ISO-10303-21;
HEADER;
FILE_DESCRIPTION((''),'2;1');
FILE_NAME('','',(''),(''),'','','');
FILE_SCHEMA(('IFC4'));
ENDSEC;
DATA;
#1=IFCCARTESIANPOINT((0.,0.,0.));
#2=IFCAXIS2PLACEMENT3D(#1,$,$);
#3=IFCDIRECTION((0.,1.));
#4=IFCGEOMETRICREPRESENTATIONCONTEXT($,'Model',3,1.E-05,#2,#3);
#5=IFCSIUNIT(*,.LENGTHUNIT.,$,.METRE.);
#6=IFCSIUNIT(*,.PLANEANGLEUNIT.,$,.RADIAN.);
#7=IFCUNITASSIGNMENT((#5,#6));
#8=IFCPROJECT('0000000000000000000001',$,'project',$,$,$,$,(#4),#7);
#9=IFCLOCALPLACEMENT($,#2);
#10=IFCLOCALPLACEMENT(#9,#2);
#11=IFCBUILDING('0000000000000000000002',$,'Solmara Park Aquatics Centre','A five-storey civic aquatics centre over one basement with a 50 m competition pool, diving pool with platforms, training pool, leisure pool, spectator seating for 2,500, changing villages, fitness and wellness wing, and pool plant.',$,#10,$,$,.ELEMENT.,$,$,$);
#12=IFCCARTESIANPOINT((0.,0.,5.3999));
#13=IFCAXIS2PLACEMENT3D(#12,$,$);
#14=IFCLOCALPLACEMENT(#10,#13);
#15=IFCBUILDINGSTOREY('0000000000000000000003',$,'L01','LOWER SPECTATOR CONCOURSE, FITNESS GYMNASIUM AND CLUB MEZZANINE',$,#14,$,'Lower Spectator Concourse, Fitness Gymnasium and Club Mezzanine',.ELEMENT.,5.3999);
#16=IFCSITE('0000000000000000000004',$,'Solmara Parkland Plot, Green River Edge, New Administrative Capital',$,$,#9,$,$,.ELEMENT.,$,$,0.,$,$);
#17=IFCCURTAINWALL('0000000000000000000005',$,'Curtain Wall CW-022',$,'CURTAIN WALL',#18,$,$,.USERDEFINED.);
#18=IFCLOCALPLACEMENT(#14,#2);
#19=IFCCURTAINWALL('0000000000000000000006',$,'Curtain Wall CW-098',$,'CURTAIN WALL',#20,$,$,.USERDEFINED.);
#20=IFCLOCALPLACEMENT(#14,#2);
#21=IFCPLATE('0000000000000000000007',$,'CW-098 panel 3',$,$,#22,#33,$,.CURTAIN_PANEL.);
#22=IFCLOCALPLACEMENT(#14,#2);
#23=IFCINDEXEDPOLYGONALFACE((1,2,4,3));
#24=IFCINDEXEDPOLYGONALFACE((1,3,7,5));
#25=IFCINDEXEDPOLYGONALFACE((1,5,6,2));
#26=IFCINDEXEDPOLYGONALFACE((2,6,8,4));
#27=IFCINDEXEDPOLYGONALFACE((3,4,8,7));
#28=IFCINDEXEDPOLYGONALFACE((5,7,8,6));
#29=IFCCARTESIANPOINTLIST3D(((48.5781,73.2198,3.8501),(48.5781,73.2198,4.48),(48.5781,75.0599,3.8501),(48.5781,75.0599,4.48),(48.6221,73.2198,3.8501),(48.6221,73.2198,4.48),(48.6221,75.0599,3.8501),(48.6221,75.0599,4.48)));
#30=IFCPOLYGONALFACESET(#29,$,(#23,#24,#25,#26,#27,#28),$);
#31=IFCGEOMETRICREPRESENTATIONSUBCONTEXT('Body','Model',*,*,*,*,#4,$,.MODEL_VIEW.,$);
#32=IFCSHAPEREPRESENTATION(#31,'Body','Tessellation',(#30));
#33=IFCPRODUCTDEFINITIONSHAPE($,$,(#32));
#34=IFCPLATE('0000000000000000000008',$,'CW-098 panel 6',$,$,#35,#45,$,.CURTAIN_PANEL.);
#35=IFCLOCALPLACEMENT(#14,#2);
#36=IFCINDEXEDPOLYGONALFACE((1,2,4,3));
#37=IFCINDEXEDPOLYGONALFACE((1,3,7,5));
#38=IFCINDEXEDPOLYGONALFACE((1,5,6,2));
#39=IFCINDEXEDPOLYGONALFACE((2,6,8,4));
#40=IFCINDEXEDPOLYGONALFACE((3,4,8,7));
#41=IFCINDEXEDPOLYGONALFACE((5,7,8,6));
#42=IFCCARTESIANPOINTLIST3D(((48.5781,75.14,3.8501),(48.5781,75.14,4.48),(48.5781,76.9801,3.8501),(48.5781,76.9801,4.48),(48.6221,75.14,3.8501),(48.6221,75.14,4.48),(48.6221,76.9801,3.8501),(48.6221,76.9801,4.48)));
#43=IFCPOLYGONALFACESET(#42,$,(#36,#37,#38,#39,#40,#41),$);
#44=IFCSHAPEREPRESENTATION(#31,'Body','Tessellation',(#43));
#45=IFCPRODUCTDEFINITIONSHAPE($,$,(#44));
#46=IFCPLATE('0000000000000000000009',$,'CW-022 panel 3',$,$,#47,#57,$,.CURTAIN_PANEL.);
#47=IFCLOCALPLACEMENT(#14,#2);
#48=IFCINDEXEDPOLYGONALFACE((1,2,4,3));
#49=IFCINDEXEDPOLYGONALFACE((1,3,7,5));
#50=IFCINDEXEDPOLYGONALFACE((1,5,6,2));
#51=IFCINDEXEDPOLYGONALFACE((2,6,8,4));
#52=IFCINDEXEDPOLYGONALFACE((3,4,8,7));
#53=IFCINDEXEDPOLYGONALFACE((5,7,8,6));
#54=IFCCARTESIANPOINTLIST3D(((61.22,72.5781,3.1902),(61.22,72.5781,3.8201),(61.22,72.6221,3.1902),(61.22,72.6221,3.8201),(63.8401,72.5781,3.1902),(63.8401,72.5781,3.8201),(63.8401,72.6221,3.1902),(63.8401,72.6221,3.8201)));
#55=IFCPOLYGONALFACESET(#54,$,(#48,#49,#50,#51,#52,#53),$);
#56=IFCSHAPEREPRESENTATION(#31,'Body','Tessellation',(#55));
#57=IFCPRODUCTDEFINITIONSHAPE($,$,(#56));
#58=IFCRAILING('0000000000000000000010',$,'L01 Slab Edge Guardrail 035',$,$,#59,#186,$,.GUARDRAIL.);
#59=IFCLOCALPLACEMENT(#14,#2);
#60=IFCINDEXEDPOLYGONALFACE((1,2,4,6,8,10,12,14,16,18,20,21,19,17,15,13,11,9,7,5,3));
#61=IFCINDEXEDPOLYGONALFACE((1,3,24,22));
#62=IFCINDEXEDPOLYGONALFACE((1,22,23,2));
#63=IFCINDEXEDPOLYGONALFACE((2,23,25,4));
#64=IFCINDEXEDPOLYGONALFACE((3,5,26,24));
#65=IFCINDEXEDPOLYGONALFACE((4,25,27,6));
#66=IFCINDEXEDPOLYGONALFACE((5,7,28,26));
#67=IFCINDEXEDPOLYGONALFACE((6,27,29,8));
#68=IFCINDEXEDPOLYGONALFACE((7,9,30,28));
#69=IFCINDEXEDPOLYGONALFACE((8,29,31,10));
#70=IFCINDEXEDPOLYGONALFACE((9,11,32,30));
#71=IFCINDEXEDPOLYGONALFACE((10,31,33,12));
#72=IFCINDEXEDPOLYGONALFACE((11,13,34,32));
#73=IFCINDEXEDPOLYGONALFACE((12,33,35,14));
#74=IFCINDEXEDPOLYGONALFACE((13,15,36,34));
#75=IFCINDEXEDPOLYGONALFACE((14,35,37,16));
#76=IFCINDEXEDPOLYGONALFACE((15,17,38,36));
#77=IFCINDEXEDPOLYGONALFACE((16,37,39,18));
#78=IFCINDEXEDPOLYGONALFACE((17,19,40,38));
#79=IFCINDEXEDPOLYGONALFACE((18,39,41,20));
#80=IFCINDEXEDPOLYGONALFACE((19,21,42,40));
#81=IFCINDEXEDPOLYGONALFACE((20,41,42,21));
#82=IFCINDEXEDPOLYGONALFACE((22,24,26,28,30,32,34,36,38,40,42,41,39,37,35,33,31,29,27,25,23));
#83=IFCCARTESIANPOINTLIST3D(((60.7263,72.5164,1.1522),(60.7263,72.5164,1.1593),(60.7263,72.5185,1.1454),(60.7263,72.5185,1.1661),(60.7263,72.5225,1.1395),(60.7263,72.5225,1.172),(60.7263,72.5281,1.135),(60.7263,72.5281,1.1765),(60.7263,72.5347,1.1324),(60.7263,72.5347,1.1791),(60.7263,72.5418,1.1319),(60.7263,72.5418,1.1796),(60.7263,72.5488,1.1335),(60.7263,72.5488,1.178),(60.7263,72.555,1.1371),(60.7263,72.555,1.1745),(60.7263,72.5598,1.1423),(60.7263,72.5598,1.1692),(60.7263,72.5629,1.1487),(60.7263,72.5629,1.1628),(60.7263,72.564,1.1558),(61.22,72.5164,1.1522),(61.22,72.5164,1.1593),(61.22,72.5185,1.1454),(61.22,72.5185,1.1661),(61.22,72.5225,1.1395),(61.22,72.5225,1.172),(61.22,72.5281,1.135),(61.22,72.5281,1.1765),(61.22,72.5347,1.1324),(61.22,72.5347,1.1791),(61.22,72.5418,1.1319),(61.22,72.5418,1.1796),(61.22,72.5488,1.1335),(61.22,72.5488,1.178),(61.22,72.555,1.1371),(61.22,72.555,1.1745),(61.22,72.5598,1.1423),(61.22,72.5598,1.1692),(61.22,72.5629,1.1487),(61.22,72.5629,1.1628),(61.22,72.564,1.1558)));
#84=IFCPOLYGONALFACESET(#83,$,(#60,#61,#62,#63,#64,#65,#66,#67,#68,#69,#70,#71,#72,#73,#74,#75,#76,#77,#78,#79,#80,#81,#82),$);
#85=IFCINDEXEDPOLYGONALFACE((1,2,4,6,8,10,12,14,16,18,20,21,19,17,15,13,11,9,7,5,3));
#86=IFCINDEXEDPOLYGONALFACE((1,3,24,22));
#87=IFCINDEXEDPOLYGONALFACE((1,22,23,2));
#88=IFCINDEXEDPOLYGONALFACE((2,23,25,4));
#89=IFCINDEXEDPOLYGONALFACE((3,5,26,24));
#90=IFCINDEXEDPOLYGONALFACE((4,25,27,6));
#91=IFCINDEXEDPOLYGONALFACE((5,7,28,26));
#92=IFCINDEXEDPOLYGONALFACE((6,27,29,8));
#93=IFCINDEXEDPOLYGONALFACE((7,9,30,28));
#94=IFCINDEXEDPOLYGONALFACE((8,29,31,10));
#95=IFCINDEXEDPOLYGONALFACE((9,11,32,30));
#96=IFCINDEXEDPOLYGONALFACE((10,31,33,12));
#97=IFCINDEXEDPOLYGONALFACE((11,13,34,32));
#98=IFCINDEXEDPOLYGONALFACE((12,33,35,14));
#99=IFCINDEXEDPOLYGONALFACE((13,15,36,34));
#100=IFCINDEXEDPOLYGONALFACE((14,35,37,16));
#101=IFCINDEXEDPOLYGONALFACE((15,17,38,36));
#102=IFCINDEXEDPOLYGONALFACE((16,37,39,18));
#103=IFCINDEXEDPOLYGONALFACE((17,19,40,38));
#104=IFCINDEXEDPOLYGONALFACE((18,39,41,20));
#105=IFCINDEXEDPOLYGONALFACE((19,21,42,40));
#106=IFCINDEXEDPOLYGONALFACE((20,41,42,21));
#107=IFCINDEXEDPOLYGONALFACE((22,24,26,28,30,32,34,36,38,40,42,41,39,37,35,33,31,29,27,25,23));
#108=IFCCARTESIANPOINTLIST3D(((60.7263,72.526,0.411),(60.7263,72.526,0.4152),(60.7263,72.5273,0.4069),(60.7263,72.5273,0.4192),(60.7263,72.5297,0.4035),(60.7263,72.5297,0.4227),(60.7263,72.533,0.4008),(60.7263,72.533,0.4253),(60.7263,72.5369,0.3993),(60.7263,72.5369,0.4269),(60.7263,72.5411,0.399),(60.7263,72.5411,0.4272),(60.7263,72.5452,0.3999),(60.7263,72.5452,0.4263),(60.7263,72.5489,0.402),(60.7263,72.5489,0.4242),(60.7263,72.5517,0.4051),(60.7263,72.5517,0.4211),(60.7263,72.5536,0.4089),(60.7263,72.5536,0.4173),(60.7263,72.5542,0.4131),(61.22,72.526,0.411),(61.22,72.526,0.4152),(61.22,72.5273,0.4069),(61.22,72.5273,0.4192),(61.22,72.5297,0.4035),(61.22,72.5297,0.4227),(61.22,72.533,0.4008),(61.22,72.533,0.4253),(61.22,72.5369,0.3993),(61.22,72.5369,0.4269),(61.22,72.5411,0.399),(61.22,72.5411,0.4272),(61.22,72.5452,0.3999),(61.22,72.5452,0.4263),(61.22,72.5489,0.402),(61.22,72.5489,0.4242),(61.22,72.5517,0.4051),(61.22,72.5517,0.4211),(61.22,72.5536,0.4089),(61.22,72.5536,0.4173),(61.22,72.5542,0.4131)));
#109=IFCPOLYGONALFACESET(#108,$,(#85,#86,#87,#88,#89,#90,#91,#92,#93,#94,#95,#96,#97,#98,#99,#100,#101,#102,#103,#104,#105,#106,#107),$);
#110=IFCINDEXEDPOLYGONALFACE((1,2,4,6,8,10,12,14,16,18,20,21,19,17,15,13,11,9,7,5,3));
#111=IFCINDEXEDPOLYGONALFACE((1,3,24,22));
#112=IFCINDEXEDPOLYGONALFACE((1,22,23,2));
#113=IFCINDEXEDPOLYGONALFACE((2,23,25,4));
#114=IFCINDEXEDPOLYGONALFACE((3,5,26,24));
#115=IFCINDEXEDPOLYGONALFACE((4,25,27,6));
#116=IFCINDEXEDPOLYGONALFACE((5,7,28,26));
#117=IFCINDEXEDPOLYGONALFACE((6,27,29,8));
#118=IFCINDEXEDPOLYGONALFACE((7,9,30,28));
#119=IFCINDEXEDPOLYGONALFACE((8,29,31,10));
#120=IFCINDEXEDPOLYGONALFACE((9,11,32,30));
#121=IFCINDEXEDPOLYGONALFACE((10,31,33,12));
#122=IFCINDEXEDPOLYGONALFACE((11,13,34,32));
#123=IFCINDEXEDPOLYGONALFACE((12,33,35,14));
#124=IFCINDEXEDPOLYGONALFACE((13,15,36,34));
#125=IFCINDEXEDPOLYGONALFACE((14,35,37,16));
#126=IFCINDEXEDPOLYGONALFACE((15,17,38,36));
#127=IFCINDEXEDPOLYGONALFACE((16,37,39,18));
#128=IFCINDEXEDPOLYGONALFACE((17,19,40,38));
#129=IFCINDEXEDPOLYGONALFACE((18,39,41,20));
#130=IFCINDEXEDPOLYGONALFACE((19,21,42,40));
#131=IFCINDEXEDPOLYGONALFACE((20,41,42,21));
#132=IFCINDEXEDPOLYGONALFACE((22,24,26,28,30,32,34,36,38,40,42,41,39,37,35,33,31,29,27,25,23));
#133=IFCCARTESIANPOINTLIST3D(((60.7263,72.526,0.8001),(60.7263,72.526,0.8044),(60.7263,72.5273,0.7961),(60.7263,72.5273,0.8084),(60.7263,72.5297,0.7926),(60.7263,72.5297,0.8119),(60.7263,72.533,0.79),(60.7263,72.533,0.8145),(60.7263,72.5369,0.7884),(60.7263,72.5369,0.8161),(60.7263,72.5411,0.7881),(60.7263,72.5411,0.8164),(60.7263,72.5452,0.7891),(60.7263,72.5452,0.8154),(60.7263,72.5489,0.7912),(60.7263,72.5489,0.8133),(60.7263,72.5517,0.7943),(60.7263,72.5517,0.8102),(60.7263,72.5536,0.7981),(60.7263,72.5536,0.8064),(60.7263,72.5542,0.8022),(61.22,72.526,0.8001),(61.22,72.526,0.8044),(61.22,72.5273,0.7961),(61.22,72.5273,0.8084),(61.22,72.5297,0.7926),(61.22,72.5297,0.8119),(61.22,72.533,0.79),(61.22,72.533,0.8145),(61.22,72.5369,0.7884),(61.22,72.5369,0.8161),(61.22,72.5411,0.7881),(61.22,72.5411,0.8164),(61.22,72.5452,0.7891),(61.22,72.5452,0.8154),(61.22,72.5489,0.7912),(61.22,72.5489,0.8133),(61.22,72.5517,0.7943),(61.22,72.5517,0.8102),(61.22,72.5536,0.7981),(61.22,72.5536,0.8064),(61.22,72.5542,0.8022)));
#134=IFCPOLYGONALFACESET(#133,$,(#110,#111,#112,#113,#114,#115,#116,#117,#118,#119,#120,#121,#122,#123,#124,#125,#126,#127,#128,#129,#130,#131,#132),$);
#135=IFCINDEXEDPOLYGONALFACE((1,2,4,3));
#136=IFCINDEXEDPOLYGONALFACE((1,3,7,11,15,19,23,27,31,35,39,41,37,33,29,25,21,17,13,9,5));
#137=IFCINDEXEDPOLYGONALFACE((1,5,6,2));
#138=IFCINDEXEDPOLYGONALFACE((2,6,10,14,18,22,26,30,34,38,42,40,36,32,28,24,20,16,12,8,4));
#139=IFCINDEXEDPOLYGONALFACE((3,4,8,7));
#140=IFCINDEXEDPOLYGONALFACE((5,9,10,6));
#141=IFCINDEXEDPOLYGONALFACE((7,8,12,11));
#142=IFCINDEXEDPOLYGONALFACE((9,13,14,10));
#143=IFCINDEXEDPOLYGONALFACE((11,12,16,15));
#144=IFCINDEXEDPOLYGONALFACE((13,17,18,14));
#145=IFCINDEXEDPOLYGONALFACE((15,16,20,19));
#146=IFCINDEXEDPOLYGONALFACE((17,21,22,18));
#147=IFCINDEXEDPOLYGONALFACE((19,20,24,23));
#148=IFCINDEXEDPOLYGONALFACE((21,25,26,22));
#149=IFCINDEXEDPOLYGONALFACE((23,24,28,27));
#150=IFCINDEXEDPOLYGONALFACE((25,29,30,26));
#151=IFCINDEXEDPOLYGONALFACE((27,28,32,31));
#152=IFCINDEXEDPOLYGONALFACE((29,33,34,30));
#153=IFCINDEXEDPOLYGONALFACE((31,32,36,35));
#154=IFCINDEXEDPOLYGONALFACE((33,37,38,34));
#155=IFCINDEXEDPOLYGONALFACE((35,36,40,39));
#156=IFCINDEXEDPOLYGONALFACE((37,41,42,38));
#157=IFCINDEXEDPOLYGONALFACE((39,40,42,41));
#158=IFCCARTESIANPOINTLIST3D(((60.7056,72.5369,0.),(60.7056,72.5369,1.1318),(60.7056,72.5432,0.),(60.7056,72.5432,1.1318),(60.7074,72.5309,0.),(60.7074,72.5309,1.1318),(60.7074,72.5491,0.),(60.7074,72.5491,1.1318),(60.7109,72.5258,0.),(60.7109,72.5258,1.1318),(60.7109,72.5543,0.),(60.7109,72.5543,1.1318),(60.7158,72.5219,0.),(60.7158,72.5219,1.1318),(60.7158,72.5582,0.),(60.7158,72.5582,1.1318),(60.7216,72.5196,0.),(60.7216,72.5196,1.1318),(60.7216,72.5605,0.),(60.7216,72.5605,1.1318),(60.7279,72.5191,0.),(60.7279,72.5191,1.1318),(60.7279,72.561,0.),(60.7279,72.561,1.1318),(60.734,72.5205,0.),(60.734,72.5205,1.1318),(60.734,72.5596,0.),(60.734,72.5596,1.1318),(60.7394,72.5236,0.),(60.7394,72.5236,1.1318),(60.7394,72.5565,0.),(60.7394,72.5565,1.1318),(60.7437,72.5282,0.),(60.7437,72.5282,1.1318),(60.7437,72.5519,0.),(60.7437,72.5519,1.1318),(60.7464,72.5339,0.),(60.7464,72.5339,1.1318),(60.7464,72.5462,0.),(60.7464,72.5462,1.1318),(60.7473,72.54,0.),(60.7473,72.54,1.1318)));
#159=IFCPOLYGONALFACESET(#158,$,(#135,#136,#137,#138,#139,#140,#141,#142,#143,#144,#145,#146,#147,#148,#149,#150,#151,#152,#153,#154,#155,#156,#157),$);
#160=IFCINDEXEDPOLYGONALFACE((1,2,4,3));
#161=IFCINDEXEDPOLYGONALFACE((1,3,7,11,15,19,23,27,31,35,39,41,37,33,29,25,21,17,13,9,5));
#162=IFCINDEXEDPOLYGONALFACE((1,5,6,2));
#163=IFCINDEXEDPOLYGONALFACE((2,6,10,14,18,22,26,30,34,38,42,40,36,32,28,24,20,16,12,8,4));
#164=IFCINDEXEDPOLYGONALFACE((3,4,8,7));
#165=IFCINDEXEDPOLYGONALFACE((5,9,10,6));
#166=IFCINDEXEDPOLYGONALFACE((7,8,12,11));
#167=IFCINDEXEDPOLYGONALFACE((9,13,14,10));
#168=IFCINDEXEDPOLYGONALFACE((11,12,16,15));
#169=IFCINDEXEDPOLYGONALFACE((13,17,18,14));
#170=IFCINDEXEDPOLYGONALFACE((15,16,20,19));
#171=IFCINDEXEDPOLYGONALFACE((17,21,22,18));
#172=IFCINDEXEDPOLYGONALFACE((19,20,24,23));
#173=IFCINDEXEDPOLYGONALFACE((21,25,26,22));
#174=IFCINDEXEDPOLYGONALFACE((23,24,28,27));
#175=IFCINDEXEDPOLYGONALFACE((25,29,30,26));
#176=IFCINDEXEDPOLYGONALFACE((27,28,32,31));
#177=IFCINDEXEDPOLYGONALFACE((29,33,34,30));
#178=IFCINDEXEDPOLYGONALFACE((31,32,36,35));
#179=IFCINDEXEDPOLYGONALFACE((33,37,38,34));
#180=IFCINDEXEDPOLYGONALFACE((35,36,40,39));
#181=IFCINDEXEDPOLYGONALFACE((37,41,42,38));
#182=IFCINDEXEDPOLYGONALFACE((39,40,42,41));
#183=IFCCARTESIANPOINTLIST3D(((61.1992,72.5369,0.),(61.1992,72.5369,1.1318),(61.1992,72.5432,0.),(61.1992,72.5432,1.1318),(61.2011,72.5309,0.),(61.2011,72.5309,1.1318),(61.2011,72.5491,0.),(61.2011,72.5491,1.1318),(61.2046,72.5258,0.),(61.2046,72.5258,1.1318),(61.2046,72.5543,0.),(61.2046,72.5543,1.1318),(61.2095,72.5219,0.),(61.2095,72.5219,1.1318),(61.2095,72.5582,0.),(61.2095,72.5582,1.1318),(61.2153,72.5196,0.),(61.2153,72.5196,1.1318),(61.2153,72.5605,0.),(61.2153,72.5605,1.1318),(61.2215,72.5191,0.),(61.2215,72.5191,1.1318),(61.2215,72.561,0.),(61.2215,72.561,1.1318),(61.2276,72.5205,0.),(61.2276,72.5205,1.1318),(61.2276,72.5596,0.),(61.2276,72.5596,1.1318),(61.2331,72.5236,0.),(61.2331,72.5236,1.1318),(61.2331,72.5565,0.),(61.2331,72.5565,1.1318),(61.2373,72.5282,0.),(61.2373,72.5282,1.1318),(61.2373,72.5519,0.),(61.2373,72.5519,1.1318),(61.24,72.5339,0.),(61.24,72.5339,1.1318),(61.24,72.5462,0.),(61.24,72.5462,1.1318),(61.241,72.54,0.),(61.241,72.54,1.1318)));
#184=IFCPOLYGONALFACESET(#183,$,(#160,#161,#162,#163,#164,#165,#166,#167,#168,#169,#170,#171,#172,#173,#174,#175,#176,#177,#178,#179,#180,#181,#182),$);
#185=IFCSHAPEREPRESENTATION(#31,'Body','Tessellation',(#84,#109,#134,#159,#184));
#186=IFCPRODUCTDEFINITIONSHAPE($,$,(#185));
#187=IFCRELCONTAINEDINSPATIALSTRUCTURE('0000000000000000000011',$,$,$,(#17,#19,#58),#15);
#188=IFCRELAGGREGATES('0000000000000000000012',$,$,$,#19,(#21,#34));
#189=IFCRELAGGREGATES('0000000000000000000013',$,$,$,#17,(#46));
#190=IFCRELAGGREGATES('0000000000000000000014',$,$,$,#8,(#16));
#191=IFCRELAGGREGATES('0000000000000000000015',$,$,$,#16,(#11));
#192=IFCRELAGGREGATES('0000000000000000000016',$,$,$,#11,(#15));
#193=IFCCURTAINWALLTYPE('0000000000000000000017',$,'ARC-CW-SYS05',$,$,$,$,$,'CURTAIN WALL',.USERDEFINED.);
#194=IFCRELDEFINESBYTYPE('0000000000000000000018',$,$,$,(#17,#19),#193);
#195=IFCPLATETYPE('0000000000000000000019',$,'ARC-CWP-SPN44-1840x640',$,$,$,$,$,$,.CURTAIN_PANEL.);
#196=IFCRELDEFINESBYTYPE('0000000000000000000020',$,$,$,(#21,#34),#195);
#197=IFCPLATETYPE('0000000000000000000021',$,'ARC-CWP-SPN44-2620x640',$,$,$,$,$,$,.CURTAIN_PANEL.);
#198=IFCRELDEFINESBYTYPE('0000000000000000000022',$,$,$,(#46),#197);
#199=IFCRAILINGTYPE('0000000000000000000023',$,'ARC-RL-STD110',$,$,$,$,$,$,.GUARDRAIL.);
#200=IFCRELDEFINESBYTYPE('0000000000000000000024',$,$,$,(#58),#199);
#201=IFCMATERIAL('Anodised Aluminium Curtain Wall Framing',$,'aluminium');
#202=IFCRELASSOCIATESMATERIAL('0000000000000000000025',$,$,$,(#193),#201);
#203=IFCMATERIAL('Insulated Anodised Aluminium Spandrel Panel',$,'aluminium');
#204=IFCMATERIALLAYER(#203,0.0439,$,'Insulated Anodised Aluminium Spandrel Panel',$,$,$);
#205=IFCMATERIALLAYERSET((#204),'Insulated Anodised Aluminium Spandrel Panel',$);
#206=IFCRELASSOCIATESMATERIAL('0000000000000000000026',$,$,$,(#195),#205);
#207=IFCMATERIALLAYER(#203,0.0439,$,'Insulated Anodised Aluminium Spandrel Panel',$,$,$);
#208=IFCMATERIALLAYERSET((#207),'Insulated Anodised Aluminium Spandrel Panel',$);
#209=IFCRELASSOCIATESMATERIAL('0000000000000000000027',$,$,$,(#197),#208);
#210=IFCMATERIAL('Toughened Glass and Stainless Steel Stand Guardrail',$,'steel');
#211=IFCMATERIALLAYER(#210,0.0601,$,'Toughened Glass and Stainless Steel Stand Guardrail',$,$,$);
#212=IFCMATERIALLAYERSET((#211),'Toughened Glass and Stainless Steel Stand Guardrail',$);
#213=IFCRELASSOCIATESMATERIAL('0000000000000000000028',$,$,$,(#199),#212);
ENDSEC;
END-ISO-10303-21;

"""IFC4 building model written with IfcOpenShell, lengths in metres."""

from ifc_helpers import new_model, si_unit, direction, frame, origin, origin_2d, place, context, subcontext, project, spatial, rectangle, circle, extrude, material, layer, layer_set, type_object, element, aggregate, save


model = new_model("IFC4")

# Units and contexts
model_context = context("Model", 3, precision=1e-05, world=origin(), true_north=direction((0.0, 1.0)))
body_context = subcontext(model_context, "Body", "Model", "MODEL_VIEW")
ifc_project = project(units=[si_unit("LENGTHUNIT", "METRE"), si_unit("PLANEANGLEUNIT", "RADIAN")], contexts=[model_context])

# Site, building, storey
site_placement = place(None, origin())
site = spatial("IfcSite", under=ifc_project, at=site_placement, Name="Solmara Parkland Plot, Green River Edge, New Administrative Capital", CompositionType="ELEMENT", RefElevation=0.0)
building_placement = place(site_placement, origin())
building = spatial("IfcBuilding", under=site, at=building_placement, Name="Solmara Park Aquatics Centre", Description="A five-storey civic aquatics centre over one basement with a 50 m competition pool, diving pool with platforms, training pool, leisure pool, spectator seating for 2,500, changing villages, fitness and wellness wing, and pool plant.", CompositionType="ELEMENT")
storey_placement = place(building_placement, frame((0.0, 0.0, 5.3999)))
storey = spatial("IfcBuildingStorey", under=building, at=storey_placement, Name="L01", Description="LOWER SPECTATOR CONCOURSE, FITNESS GYMNASIUM AND CLUB MEZZANINE", LongName="Lower Spectator Concourse, Fitness Gymnasium and Club Mezzanine", CompositionType="ELEMENT", Elevation=5.3999)

# Curtain walls
ifc_material_1 = material(Name="Anodised Aluminium Curtain Wall Framing", Category="aluminium")
curtain_wall_type = type_object("IfcCurtainWallType", Name="ARC-CW-SYS05", ElementType="CURTAIN WALL", PredefinedType="USERDEFINED", material=ifc_material_1)
curtain_wall_1_placement = place(storey_placement, origin())
curtain_wall_1 = element("IfcCurtainWall", 1, at=curtain_wall_1_placement, inside=storey, type_object=curtain_wall_type, Name="Curtain Wall CW-022", ObjectType="CURTAIN WALL", PredefinedType="USERDEFINED")
curtain_wall_2_placement = place(storey_placement, origin())
curtain_wall_2 = element("IfcCurtainWall", 2, at=curtain_wall_2_placement, inside=storey, type_object=curtain_wall_type, Name="Curtain Wall CW-098", ObjectType="CURTAIN WALL", PredefinedType="USERDEFINED")

# Plates
ifc_material_2 = material(Name="Insulated Anodised Aluminium Spandrel Panel", Category="aluminium")
ifc_layer_1 = layer(ifc_material_2, 0.0439, Name="Insulated Anodised Aluminium Spandrel Panel")
ifc_layer_set_1 = layer_set([ifc_layer_1], Name="Insulated Anodised Aluminium Spandrel Panel")
plate_type_1 = type_object("IfcPlateType", Name="ARC-CWP-SPN44-1840x640", PredefinedType="CURTAIN_PANEL", material=ifc_layer_set_1)
plate_1_placement = place(storey_placement, frame((48.6001, 74.1399, 3.8501), z_axis=(0.0, 0.0, 1.0), x_axis=(0.0, 1.0, 0.0)))
plate_1 = element("IfcPlate", 3, at=plate_1_placement, type_object=plate_type_1, Name="CW-098 panel 3", PredefinedType="CURTAIN_PANEL", context=body_context, shape_type="SweptSolid", body=[
    extrude(rectangle(XDim=1.8401, YDim=0.0439, at=origin_2d()), origin(), (0.0, 0.0, 1.0), 0.6299),
])
plate_2_placement = place(storey_placement, frame((48.6001, 76.0601, 3.8501), z_axis=(0.0, 0.0, 1.0), x_axis=(0.0, 1.0, 0.0)))
plate_2 = element("IfcPlate", 4, at=plate_2_placement, type_object=plate_type_1, Name="CW-098 panel 6", PredefinedType="CURTAIN_PANEL", context=body_context, shape_type="SweptSolid", body=[
    extrude(rectangle(XDim=1.8401, YDim=0.0439, at=origin_2d()), origin(), (0.0, 0.0, 1.0), 0.6299),
])
aggregate(curtain_wall_2, [plate_1, plate_2])
ifc_layer_2 = layer(ifc_material_2, 0.0439, Name="Insulated Anodised Aluminium Spandrel Panel")
ifc_layer_set_2 = layer_set([ifc_layer_2], Name="Insulated Anodised Aluminium Spandrel Panel")
plate_type_2 = type_object("IfcPlateType", Name="ARC-CWP-SPN44-2620x640", PredefinedType="CURTAIN_PANEL", material=ifc_layer_set_2)
plate_3_placement = place(storey_placement, frame((62.53, 72.6001, 3.1902), z_axis=(0.0, 0.0, 1.0), x_axis=(1.0, 0.0, 0.0)))
plate_3 = element("IfcPlate", 5, at=plate_3_placement, type_object=plate_type_2, Name="CW-022 panel 3", PredefinedType="CURTAIN_PANEL", context=body_context, shape_type="SweptSolid", body=[
    extrude(rectangle(XDim=2.6201, YDim=0.0439, at=origin_2d()), origin(), (0.0, 0.0, 1.0), 0.6299),
])
aggregate(curtain_wall_1, [plate_3])

# Railing
ifc_material_3 = material(Name="Toughened Glass and Stainless Steel Stand Guardrail", Category="steel")
ifc_layer_3 = layer(ifc_material_3, 0.0601, Name="Toughened Glass and Stainless Steel Stand Guardrail")
ifc_layer_set_3 = layer_set([ifc_layer_3], Name="Toughened Glass and Stainless Steel Stand Guardrail")
railing_type = type_object("IfcRailingType", Name="ARC-RL-STD110", PredefinedType="GUARDRAIL", material=ifc_layer_set_3)
railing_placement = place(storey_placement, frame((60.7263, 72.54, 0.0)))
element("IfcRailing", 6, at=railing_placement, inside=storey, type_object=railing_type, Name="L01 Slab Edge Guardrail 035", PredefinedType="GUARDRAIL", context=body_context, shape_type="SweptSolid", body=[
    extrude(circle(Radius=0.0239, at=origin_2d()), frame((0.0, 0.0, 1.1558), z_axis=(1.0, 0.0, 0.0), x_axis=(0.0, 1.0, 0.0)), (0.0, 0.0, 1.0), 0.4937),
    extrude(circle(Radius=0.0142, at=origin_2d()), frame((0.0, 0.0, 0.4131), z_axis=(1.0, 0.0, 0.0), x_axis=(0.0, 1.0, 0.0)), (0.0, 0.0, 1.0), 0.4937),
    extrude(circle(Radius=0.0142, at=origin_2d()), frame((0.0, 0.0, 0.8022), z_axis=(1.0, 0.0, 0.0), x_axis=(0.0, 1.0, 0.0)), (0.0, 0.0, 1.0), 0.4937),
    extrude(circle(Radius=0.021, at=origin_2d()), origin(), (0.0, 0.0, 1.0), 1.1318),
    extrude(circle(Radius=0.021, at=origin_2d()), frame((0.4937, 0.0, 0.0)), (0.0, 0.0, 1.0), 1.1318),
])

save(model, "model.ifc")
